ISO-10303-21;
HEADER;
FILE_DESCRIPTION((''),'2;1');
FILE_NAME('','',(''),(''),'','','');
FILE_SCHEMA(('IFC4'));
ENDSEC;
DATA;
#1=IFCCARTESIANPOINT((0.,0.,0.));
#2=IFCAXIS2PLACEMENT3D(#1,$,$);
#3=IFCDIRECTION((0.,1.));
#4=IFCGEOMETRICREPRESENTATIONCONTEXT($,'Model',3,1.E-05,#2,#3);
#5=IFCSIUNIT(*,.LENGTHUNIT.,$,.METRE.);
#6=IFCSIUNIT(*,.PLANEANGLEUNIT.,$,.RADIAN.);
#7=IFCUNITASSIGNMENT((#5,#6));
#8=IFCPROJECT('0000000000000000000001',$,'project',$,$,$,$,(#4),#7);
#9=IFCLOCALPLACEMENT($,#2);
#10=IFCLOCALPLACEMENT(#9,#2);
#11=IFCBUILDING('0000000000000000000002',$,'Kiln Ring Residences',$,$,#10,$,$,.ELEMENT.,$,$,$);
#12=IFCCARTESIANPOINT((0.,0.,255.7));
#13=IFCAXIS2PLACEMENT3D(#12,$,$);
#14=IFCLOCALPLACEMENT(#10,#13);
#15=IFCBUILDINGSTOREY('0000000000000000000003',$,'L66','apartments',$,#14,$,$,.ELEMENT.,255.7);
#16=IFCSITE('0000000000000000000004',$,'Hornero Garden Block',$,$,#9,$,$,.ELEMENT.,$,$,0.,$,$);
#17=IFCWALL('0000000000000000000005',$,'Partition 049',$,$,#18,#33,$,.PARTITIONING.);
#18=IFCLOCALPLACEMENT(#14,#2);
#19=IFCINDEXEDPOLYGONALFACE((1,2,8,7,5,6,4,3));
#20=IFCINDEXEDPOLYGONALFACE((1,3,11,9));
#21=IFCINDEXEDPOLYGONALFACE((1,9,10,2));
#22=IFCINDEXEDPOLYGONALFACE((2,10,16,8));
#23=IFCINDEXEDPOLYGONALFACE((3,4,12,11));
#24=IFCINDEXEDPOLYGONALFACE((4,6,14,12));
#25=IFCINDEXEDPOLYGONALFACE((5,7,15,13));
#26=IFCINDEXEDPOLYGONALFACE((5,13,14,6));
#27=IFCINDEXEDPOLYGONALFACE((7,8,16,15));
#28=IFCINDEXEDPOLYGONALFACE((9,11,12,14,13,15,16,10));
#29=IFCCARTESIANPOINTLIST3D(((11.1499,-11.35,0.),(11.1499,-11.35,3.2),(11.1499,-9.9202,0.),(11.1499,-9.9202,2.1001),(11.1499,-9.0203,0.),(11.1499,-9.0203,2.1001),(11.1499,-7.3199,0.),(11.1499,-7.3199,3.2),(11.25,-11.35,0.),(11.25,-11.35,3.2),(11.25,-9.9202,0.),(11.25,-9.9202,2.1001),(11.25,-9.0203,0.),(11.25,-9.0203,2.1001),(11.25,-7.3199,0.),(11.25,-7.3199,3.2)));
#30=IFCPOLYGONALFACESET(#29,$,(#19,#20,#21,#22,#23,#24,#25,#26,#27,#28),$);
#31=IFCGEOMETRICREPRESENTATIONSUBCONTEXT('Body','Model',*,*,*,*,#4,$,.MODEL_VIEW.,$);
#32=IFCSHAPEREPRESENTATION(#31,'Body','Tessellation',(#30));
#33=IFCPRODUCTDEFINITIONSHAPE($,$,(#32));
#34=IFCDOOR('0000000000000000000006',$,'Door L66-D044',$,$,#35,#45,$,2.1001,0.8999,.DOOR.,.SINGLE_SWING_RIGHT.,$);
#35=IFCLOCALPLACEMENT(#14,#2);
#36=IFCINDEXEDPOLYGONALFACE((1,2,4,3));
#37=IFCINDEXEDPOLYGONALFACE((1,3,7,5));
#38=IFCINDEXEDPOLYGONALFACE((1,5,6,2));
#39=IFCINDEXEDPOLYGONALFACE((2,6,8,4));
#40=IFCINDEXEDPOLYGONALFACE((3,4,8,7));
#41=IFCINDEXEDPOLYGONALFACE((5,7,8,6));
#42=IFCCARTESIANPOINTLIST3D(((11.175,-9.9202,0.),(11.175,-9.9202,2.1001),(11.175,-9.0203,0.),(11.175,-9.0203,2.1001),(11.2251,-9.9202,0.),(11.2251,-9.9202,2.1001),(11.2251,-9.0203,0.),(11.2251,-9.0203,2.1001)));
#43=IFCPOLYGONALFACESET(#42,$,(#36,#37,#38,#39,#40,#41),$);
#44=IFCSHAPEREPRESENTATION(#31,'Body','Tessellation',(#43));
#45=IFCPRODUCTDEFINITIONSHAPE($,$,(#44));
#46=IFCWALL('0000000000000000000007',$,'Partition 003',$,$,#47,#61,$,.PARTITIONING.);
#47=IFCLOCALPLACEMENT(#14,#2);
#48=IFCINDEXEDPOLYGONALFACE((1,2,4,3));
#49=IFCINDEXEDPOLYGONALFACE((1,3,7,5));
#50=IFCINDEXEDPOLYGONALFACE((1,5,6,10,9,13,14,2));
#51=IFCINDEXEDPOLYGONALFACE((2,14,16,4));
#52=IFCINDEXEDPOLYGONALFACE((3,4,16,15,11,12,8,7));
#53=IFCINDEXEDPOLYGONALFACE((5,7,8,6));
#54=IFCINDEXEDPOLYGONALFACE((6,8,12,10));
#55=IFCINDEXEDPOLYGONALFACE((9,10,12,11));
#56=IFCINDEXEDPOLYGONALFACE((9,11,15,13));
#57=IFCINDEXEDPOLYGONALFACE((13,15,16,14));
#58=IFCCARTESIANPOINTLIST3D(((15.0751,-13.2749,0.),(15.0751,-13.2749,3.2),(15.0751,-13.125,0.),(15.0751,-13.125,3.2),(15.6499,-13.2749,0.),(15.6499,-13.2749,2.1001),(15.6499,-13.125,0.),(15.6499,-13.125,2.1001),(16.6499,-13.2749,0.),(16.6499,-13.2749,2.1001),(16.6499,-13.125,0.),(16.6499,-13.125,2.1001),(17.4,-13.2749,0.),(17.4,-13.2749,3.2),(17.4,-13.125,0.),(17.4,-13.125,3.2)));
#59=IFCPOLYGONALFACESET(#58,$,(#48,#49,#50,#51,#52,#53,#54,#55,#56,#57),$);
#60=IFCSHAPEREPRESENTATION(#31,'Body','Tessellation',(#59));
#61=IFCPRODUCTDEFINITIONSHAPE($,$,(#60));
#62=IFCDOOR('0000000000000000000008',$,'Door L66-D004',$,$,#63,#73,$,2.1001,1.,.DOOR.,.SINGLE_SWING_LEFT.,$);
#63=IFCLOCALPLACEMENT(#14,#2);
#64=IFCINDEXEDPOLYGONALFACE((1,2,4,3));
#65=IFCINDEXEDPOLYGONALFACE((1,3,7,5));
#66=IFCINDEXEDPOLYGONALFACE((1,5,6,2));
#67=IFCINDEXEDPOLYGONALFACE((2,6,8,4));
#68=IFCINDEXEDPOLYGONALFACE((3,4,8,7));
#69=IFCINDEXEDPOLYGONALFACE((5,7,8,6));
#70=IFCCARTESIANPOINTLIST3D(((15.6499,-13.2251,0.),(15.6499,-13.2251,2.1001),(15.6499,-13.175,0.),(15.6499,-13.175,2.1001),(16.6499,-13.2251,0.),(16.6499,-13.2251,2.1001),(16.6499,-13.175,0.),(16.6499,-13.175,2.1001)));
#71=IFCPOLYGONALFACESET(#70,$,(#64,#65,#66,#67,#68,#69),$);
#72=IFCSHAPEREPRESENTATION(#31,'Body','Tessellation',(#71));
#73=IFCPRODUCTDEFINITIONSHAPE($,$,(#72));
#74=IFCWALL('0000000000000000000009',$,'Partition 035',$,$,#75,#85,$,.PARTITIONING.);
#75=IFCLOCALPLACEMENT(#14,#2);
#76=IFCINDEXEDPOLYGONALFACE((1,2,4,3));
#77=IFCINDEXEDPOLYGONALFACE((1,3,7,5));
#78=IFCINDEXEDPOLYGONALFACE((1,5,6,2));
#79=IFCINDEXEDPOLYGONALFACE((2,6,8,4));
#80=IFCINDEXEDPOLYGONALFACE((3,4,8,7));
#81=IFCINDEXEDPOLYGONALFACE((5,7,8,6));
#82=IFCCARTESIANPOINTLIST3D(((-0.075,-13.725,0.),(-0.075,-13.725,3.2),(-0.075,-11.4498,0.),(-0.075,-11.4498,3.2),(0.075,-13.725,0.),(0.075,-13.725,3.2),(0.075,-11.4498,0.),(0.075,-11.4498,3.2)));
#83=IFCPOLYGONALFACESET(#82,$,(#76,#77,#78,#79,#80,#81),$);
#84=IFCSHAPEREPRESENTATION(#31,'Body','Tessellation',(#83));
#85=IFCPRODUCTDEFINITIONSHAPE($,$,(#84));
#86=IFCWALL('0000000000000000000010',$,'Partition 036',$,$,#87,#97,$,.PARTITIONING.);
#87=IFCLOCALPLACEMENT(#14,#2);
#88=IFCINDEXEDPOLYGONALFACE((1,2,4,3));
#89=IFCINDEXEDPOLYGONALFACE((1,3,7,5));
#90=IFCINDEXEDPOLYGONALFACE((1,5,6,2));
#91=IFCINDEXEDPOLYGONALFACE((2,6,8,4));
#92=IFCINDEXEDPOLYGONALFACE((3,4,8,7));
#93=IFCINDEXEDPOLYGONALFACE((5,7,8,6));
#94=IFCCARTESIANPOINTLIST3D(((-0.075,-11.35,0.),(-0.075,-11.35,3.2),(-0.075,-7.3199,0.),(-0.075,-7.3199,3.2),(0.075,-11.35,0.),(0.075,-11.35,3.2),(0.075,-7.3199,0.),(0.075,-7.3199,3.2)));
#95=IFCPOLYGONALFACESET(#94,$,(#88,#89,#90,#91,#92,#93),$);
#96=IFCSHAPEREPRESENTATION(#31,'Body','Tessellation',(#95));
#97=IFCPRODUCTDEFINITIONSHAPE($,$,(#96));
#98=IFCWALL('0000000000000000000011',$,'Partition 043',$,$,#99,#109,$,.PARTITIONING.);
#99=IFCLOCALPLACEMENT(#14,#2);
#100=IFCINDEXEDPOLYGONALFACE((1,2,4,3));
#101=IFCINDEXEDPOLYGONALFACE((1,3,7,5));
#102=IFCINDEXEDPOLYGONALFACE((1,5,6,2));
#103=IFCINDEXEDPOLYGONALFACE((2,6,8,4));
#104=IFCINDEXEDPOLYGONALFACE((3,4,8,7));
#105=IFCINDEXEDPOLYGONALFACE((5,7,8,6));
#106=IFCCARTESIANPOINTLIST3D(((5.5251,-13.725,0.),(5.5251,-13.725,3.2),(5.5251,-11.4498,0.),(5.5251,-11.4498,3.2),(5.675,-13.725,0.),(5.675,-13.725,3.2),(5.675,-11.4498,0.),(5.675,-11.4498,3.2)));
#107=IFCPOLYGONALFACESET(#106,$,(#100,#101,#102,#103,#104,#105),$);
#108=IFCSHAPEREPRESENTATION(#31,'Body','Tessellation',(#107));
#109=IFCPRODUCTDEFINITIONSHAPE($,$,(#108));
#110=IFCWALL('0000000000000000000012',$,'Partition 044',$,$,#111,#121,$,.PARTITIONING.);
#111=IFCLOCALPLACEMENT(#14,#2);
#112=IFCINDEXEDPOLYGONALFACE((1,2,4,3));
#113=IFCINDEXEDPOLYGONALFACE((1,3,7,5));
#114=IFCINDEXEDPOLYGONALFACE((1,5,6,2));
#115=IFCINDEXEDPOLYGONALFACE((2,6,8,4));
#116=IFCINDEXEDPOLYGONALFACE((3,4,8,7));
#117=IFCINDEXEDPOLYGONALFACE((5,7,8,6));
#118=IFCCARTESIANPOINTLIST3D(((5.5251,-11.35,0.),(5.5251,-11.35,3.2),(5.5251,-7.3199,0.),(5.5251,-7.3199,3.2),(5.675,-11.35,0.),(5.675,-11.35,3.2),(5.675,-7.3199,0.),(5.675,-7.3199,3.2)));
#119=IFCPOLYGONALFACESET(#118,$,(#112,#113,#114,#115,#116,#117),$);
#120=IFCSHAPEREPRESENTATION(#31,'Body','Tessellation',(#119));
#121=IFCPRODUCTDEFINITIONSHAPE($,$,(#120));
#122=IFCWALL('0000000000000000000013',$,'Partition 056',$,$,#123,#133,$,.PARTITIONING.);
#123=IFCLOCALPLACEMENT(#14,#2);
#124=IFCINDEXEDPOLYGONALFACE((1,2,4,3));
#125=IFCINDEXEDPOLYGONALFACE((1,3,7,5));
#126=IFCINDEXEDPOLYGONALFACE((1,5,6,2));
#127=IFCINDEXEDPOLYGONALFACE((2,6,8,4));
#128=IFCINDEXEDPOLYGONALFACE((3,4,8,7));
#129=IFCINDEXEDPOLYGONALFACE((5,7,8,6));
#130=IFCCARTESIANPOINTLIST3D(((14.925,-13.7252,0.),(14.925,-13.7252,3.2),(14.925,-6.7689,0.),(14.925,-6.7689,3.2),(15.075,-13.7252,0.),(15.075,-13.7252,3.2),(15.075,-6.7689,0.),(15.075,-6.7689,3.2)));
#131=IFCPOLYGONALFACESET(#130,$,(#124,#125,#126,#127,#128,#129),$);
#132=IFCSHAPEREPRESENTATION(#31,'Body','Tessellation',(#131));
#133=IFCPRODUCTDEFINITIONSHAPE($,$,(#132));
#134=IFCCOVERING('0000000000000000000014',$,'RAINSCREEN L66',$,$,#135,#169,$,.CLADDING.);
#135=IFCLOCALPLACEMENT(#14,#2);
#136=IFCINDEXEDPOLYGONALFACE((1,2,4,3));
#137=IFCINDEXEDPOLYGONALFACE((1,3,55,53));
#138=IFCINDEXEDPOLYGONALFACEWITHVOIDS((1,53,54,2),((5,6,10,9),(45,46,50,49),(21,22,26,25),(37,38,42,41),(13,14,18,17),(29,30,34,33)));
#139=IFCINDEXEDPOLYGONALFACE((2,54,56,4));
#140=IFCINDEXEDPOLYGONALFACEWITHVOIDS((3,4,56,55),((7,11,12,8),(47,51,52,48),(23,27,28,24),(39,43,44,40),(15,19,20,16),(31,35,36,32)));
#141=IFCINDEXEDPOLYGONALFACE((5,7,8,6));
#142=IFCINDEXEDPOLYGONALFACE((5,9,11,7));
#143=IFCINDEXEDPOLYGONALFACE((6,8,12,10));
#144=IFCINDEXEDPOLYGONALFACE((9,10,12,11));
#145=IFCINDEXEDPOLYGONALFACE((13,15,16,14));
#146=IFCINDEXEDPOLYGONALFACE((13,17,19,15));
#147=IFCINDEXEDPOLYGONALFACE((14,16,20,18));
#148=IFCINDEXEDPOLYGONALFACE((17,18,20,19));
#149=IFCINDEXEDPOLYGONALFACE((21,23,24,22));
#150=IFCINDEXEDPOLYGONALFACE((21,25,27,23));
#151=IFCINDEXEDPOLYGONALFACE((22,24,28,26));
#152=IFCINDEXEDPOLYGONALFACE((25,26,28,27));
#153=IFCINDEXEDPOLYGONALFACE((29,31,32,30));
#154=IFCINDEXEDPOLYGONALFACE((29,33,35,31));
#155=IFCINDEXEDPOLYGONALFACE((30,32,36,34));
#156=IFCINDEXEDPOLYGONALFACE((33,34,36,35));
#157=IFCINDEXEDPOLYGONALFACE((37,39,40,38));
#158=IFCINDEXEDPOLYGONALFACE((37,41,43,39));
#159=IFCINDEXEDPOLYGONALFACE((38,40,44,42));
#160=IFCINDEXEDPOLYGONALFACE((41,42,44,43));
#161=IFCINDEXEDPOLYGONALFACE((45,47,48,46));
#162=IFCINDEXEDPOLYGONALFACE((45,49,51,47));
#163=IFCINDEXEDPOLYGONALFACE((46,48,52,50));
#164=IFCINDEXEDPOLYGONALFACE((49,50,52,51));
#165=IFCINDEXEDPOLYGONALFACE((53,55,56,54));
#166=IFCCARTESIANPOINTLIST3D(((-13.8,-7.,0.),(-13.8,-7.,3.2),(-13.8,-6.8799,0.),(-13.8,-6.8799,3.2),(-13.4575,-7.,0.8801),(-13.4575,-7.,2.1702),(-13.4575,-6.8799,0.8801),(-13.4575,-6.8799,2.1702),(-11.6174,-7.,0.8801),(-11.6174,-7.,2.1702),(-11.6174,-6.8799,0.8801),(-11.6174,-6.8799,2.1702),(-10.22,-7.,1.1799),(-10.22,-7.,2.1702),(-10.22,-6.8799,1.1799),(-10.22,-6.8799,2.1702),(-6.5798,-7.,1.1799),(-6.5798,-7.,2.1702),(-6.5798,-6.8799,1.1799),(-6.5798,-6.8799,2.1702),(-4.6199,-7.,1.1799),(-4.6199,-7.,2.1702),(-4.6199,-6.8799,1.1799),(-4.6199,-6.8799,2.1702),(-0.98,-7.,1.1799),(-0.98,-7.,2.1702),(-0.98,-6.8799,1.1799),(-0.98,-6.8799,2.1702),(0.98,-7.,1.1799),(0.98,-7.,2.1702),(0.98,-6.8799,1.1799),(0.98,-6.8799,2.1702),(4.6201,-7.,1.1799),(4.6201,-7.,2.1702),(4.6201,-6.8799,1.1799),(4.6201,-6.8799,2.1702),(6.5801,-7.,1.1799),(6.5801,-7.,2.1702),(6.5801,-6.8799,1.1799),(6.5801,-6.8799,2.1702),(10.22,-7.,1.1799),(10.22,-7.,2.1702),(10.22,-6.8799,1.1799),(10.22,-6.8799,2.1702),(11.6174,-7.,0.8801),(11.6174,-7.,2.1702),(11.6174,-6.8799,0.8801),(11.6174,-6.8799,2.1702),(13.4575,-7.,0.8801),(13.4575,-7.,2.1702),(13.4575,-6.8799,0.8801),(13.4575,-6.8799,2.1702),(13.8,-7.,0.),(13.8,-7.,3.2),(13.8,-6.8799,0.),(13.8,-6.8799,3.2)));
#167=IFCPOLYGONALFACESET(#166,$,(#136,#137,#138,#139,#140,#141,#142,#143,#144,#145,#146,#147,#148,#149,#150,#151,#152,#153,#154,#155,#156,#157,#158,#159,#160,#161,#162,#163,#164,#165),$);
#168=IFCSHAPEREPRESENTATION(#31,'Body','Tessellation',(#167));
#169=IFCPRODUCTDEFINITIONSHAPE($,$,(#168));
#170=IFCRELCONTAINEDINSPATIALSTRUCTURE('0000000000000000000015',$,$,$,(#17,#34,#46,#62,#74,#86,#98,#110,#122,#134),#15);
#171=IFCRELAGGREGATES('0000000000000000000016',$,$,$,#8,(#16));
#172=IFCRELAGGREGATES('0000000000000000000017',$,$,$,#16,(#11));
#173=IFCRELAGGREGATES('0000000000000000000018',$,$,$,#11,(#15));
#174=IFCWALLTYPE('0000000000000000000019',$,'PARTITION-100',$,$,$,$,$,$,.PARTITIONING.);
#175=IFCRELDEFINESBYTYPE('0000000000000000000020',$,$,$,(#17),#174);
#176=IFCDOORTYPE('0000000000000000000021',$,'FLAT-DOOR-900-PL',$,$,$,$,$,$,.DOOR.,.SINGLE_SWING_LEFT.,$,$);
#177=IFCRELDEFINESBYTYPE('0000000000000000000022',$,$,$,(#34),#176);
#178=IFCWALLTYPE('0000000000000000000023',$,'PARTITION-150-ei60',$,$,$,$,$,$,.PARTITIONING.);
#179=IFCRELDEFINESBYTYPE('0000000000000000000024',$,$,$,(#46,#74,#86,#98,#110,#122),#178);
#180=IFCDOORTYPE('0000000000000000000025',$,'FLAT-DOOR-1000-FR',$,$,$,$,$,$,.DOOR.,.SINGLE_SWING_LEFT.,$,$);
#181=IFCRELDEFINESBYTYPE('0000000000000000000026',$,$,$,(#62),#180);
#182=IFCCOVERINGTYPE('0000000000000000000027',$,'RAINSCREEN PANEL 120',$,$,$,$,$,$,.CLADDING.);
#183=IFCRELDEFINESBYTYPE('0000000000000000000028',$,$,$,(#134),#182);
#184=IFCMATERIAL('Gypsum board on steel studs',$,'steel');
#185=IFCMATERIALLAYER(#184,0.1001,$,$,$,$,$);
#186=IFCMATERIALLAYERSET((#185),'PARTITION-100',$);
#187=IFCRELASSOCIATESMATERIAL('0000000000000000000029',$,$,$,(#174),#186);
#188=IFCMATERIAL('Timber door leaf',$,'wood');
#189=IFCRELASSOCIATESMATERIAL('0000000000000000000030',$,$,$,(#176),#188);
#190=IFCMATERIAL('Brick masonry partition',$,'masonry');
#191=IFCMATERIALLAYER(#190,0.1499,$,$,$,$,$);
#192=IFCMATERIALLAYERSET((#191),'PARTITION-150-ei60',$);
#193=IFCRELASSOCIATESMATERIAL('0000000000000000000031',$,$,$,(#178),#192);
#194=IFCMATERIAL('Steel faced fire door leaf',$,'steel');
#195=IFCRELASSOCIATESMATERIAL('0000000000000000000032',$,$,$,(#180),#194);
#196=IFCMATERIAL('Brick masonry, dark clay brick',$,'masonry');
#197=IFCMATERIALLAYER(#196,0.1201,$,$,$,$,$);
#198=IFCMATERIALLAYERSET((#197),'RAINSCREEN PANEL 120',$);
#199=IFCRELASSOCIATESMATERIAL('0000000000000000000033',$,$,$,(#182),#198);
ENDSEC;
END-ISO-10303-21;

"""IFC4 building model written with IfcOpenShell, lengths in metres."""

from ifc_helpers import new_model, si_unit, direction, frame, frame_2d, origin, place, context, subcontext, project, spatial, polyline, rectangle, outline, extrude, material, layer, layer_set, type_object, element, fill, save


model = new_model("IFC4")

# Units and contexts
model_context = context("Model", 3, precision=1e-05, world=origin(), true_north=direction((0.0, 1.0)))
body_context = subcontext(model_context, "Body", "Model", "MODEL_VIEW")
ifc_project = project(units=[si_unit("LENGTHUNIT", "METRE"), si_unit("PLANEANGLEUNIT", "RADIAN")], contexts=[model_context])

# Site, building, storey
site_placement = place(None, origin())
site = spatial("IfcSite", under=ifc_project, at=site_placement, Name="Hornero Garden Block", CompositionType="ELEMENT", RefElevation=0.0)
building_placement = place(site_placement, origin())
building = spatial("IfcBuilding", under=site, at=building_placement, Name="Kiln Ring Residences", CompositionType="ELEMENT")
storey_placement = place(building_placement, frame((0.0, 0.0, 255.7)))
storey = spatial("IfcBuildingStorey", under=building, at=storey_placement, Name="L66", Description="apartments", CompositionType="ELEMENT", Elevation=255.7)

# Shared definitions
ifc_material_1 = material(Name="Gypsum board on steel studs", Category="steel")
ifc_layer_1 = layer(ifc_material_1, 0.1001)
ifc_layer_set_1 = layer_set([ifc_layer_1], Name="PARTITION-100")
wall_type_1 = type_object("IfcWallType", Name="PARTITION-100", PredefinedType="PARTITIONING", material=ifc_layer_set_1)

# Walls, openings, doors
wall_1_placement = place(storey_placement, frame((11.2, -11.3501, 0.0), z_axis=(0.0, 0.0, 1.0), x_axis=(0.0, 1.0, 0.0)))
wall_1 = element("IfcWall", 1, at=wall_1_placement, inside=storey, type_object=wall_type_1, Name="Partition 049", PredefinedType="PARTITIONING", context=body_context, shape_type="SweptSolid", body=[
    extrude(rectangle(XDim=4.03, YDim=0.1001, at=frame_2d((2.0151, 0.0))), origin(), (0.0, 0.0, 1.0), 3.2),
])
opening_1_placement = place(wall_1_placement, frame((1.4299, 0.0, 0.0)))
opening_1 = element("IfcOpeningElement", 2, at=opening_1_placement, cuts=wall_1, PredefinedType="OPENING", context=body_context, shape_type="SweptSolid", body=[
    extrude(rectangle(XDim=0.8999, YDim=2.1001, at=frame_2d((0.45, 1.05))), frame((0.0, 0.0601, 0.0), z_axis=(0.0, -1.0, 0.0), x_axis=(1.0, 0.0, 0.0)), (0.0, 0.0, 1.0), 0.1201),
])
ifc_material_2 = material(Name="Timber door leaf", Category="wood")
door_type_1 = type_object("IfcDoorType", Name="FLAT-DOOR-900-PL", OperationType="SINGLE_SWING_LEFT", PredefinedType="DOOR", material=ifc_material_2)
door_1_placement = place(opening_1_placement, origin())
door_1 = element("IfcDoor", 3, at=door_1_placement, inside=storey, type_object=door_type_1, Name="Door L66-D044", OperationType="SINGLE_SWING_RIGHT", OverallHeight=2.1001, OverallWidth=0.8999, PredefinedType="DOOR", context=body_context, shape_type="SweptSolid", body=[
    extrude(rectangle(XDim=0.8999, YDim=2.1001, at=frame_2d((0.45, 1.05))), frame((0.0, 0.0249, 0.0), z_axis=(0.0, -1.0, 0.0), x_axis=(1.0, 0.0, 0.0)), (0.0, 0.0, 1.0), 0.05),
])
fill(opening_1, door_1)
ifc_material_3 = material(Name="Brick masonry partition", Category="masonry")
ifc_layer_2 = layer(ifc_material_3, 0.1499)
ifc_layer_set_2 = layer_set([ifc_layer_2], Name="PARTITION-150-ei60")
wall_type_2 = type_object("IfcWallType", Name="PARTITION-150-ei60", PredefinedType="PARTITIONING", material=ifc_layer_set_2)
wall_2_placement = place(storey_placement, frame((15.075, -13.2, 0.0), z_axis=(0.0, 0.0, 1.0), x_axis=(1.0, 0.0, 0.0)))
wall_2 = element("IfcWall", 4, at=wall_2_placement, inside=storey, type_object=wall_type_2, Name="Partition 003", PredefinedType="PARTITIONING", context=body_context, shape_type="SweptSolid", body=[
    extrude(rectangle(XDim=2.325, YDim=0.1499, at=frame_2d((1.1626, 0.0))), origin(), (0.0, 0.0, 1.0), 3.2),
])
opening_2_placement = place(wall_2_placement, frame((0.575, 0.0, 0.0)))
opening_2 = element("IfcOpeningElement", 5, at=opening_2_placement, cuts=wall_2, PredefinedType="OPENING", context=body_context, shape_type="SweptSolid", body=[
    extrude(rectangle(XDim=1.0, YDim=2.1001, at=frame_2d((0.5, 1.05))), frame((0.0, 0.085, 0.0), z_axis=(0.0, -1.0, 0.0), x_axis=(1.0, 0.0, 0.0)), (0.0, 0.0, 1.0), 0.1699),
])
ifc_material_4 = material(Name="Steel faced fire door leaf", Category="steel")
door_type_2 = type_object("IfcDoorType", Name="FLAT-DOOR-1000-FR", OperationType="SINGLE_SWING_LEFT", PredefinedType="DOOR", material=ifc_material_4)
door_2_placement = place(opening_2_placement, origin())
door_2 = element("IfcDoor", 6, at=door_2_placement, inside=storey, type_object=door_type_2, Name="Door L66-D004", OperationType="SINGLE_SWING_LEFT", OverallHeight=2.1001, OverallWidth=1.0, PredefinedType="DOOR", context=body_context, shape_type="SweptSolid", body=[
    extrude(rectangle(XDim=1.0, YDim=2.1001, at=frame_2d((0.5, 1.05))), frame((0.0, 0.0249, 0.0), z_axis=(0.0, -1.0, 0.0), x_axis=(1.0, 0.0, 0.0)), (0.0, 0.0, 1.0), 0.05),
])
fill(opening_2, door_2)

# Walls
wall_3_placement = place(storey_placement, frame((0.0, -13.7251, 0.0), z_axis=(0.0, 0.0, 1.0), x_axis=(0.0, 1.0, 0.0)))
element("IfcWall", 7, at=wall_3_placement, inside=storey, type_object=wall_type_2, Name="Partition 035", PredefinedType="PARTITIONING", context=body_context, shape_type="SweptSolid", body=[
    extrude(rectangle(XDim=2.2751, YDim=0.1499, at=frame_2d((1.1377, 0.0))), origin(), (0.0, 0.0, 1.0), 3.2),
])
wall_4_placement = place(storey_placement, frame((0.0, -11.3501, 0.0), z_axis=(0.0, 0.0, 1.0), x_axis=(0.0, 1.0, 0.0)))
element("IfcWall", 8, at=wall_4_placement, inside=storey, type_object=wall_type_2, Name="Partition 036", PredefinedType="PARTITIONING", context=body_context, shape_type="SweptSolid", body=[
    extrude(rectangle(XDim=4.03, YDim=0.1499, at=frame_2d((2.0151, 0.0))), origin(), (0.0, 0.0, 1.0), 3.2),
])
wall_5_placement = place(storey_placement, frame((5.6001, -13.7251, 0.0), z_axis=(0.0, 0.0, 1.0), x_axis=(0.0, 1.0, 0.0)))
element("IfcWall", 9, at=wall_5_placement, inside=storey, type_object=wall_type_2, Name="Partition 043", PredefinedType="PARTITIONING", context=body_context, shape_type="SweptSolid", body=[
    extrude(rectangle(XDim=2.2751, YDim=0.1499, at=frame_2d((1.1377, 0.0))), origin(), (0.0, 0.0, 1.0), 3.2),
])
wall_6_placement = place(storey_placement, frame((5.6001, -11.3501, 0.0), z_axis=(0.0, 0.0, 1.0), x_axis=(0.0, 1.0, 0.0)))
element("IfcWall", 10, at=wall_6_placement, inside=storey, type_object=wall_type_2, Name="Partition 044", PredefinedType="PARTITIONING", context=body_context, shape_type="SweptSolid", body=[
    extrude(rectangle(XDim=4.03, YDim=0.1499, at=frame_2d((2.0151, 0.0))), origin(), (0.0, 0.0, 1.0), 3.2),
])
wall_7_placement = place(storey_placement, frame((15.0, -13.7251, 0.0), z_axis=(0.0, 0.0, 1.0), x_axis=(0.0, 1.0, 0.0)))
element("IfcWall", 11, at=wall_7_placement, inside=storey, type_object=wall_type_2, Name="Partition 056", PredefinedType="PARTITIONING", context=body_context, shape_type="SweptSolid", body=[
    extrude(rectangle(XDim=6.9563, YDim=0.1499, at=frame_2d((3.478, 0.0))), origin(), (0.0, 0.0, 1.0), 3.2),
])

# Covering
ifc_material_5 = material(Name="Brick masonry, dark clay brick", Category="masonry")
ifc_layer_3 = layer(ifc_material_5, 0.1201)
ifc_layer_set_3 = layer_set([ifc_layer_3], Name="RAINSCREEN PANEL 120")
covering_type = type_object("IfcCoveringType", Name="RAINSCREEN PANEL 120", PredefinedType="CLADDING", material=ifc_layer_set_3)
covering_placement = place(storey_placement, frame((13.8, -6.9399, 0.0), z_axis=(0.0, 0.0, 1.0), x_axis=(-1.0, 0.0, 0.0)))
element("IfcCovering", 12, at=covering_placement, inside=storey, type_object=covering_type, Name="RAINSCREEN L66", PredefinedType="CLADDING", context=body_context, shape_type="SweptSolid", body=[
    extrude(outline(polyline([(0.0, 0.0), (27.6001, 0.0), (27.6001, 3.2), (0.0, 3.2), (0.0, 0.0)]), holes=[polyline([(2.1826, 0.8801), (2.1826, 2.1702), (0.3425, 2.1702), (0.3425, 0.8801), (2.1826, 0.8801)]), polyline([(25.4175, 0.8801), (27.2576, 0.8801), (27.2576, 2.1702), (25.4175, 2.1702), (25.4175, 0.8801)]), polyline([(3.5801, 1.1799), (7.22, 1.1799), (7.22, 2.1702), (3.5801, 2.1702), (3.5801, 1.1799)]), polyline([(12.8201, 1.1799), (12.8201, 2.1702), (9.1799, 2.1702), (9.1799, 1.1799), (12.8201, 1.1799)]), polyline([(14.78, 1.1799), (18.4199, 1.1799), (18.4199, 2.1702), (14.78, 2.1702), (14.78, 1.1799)]), polyline([(20.3799, 1.1799), (24.02, 1.1799), (24.02, 2.1702), (20.3799, 2.1702), (20.3799, 1.1799)])]), frame((0.0, 0.0601, 0.0), z_axis=(0.0, -1.0, 0.0), x_axis=(1.0, 0.0, 0.0)), (0.0, 0.0, 1.0), 0.1201),
])

save(model, "model.ifc")
